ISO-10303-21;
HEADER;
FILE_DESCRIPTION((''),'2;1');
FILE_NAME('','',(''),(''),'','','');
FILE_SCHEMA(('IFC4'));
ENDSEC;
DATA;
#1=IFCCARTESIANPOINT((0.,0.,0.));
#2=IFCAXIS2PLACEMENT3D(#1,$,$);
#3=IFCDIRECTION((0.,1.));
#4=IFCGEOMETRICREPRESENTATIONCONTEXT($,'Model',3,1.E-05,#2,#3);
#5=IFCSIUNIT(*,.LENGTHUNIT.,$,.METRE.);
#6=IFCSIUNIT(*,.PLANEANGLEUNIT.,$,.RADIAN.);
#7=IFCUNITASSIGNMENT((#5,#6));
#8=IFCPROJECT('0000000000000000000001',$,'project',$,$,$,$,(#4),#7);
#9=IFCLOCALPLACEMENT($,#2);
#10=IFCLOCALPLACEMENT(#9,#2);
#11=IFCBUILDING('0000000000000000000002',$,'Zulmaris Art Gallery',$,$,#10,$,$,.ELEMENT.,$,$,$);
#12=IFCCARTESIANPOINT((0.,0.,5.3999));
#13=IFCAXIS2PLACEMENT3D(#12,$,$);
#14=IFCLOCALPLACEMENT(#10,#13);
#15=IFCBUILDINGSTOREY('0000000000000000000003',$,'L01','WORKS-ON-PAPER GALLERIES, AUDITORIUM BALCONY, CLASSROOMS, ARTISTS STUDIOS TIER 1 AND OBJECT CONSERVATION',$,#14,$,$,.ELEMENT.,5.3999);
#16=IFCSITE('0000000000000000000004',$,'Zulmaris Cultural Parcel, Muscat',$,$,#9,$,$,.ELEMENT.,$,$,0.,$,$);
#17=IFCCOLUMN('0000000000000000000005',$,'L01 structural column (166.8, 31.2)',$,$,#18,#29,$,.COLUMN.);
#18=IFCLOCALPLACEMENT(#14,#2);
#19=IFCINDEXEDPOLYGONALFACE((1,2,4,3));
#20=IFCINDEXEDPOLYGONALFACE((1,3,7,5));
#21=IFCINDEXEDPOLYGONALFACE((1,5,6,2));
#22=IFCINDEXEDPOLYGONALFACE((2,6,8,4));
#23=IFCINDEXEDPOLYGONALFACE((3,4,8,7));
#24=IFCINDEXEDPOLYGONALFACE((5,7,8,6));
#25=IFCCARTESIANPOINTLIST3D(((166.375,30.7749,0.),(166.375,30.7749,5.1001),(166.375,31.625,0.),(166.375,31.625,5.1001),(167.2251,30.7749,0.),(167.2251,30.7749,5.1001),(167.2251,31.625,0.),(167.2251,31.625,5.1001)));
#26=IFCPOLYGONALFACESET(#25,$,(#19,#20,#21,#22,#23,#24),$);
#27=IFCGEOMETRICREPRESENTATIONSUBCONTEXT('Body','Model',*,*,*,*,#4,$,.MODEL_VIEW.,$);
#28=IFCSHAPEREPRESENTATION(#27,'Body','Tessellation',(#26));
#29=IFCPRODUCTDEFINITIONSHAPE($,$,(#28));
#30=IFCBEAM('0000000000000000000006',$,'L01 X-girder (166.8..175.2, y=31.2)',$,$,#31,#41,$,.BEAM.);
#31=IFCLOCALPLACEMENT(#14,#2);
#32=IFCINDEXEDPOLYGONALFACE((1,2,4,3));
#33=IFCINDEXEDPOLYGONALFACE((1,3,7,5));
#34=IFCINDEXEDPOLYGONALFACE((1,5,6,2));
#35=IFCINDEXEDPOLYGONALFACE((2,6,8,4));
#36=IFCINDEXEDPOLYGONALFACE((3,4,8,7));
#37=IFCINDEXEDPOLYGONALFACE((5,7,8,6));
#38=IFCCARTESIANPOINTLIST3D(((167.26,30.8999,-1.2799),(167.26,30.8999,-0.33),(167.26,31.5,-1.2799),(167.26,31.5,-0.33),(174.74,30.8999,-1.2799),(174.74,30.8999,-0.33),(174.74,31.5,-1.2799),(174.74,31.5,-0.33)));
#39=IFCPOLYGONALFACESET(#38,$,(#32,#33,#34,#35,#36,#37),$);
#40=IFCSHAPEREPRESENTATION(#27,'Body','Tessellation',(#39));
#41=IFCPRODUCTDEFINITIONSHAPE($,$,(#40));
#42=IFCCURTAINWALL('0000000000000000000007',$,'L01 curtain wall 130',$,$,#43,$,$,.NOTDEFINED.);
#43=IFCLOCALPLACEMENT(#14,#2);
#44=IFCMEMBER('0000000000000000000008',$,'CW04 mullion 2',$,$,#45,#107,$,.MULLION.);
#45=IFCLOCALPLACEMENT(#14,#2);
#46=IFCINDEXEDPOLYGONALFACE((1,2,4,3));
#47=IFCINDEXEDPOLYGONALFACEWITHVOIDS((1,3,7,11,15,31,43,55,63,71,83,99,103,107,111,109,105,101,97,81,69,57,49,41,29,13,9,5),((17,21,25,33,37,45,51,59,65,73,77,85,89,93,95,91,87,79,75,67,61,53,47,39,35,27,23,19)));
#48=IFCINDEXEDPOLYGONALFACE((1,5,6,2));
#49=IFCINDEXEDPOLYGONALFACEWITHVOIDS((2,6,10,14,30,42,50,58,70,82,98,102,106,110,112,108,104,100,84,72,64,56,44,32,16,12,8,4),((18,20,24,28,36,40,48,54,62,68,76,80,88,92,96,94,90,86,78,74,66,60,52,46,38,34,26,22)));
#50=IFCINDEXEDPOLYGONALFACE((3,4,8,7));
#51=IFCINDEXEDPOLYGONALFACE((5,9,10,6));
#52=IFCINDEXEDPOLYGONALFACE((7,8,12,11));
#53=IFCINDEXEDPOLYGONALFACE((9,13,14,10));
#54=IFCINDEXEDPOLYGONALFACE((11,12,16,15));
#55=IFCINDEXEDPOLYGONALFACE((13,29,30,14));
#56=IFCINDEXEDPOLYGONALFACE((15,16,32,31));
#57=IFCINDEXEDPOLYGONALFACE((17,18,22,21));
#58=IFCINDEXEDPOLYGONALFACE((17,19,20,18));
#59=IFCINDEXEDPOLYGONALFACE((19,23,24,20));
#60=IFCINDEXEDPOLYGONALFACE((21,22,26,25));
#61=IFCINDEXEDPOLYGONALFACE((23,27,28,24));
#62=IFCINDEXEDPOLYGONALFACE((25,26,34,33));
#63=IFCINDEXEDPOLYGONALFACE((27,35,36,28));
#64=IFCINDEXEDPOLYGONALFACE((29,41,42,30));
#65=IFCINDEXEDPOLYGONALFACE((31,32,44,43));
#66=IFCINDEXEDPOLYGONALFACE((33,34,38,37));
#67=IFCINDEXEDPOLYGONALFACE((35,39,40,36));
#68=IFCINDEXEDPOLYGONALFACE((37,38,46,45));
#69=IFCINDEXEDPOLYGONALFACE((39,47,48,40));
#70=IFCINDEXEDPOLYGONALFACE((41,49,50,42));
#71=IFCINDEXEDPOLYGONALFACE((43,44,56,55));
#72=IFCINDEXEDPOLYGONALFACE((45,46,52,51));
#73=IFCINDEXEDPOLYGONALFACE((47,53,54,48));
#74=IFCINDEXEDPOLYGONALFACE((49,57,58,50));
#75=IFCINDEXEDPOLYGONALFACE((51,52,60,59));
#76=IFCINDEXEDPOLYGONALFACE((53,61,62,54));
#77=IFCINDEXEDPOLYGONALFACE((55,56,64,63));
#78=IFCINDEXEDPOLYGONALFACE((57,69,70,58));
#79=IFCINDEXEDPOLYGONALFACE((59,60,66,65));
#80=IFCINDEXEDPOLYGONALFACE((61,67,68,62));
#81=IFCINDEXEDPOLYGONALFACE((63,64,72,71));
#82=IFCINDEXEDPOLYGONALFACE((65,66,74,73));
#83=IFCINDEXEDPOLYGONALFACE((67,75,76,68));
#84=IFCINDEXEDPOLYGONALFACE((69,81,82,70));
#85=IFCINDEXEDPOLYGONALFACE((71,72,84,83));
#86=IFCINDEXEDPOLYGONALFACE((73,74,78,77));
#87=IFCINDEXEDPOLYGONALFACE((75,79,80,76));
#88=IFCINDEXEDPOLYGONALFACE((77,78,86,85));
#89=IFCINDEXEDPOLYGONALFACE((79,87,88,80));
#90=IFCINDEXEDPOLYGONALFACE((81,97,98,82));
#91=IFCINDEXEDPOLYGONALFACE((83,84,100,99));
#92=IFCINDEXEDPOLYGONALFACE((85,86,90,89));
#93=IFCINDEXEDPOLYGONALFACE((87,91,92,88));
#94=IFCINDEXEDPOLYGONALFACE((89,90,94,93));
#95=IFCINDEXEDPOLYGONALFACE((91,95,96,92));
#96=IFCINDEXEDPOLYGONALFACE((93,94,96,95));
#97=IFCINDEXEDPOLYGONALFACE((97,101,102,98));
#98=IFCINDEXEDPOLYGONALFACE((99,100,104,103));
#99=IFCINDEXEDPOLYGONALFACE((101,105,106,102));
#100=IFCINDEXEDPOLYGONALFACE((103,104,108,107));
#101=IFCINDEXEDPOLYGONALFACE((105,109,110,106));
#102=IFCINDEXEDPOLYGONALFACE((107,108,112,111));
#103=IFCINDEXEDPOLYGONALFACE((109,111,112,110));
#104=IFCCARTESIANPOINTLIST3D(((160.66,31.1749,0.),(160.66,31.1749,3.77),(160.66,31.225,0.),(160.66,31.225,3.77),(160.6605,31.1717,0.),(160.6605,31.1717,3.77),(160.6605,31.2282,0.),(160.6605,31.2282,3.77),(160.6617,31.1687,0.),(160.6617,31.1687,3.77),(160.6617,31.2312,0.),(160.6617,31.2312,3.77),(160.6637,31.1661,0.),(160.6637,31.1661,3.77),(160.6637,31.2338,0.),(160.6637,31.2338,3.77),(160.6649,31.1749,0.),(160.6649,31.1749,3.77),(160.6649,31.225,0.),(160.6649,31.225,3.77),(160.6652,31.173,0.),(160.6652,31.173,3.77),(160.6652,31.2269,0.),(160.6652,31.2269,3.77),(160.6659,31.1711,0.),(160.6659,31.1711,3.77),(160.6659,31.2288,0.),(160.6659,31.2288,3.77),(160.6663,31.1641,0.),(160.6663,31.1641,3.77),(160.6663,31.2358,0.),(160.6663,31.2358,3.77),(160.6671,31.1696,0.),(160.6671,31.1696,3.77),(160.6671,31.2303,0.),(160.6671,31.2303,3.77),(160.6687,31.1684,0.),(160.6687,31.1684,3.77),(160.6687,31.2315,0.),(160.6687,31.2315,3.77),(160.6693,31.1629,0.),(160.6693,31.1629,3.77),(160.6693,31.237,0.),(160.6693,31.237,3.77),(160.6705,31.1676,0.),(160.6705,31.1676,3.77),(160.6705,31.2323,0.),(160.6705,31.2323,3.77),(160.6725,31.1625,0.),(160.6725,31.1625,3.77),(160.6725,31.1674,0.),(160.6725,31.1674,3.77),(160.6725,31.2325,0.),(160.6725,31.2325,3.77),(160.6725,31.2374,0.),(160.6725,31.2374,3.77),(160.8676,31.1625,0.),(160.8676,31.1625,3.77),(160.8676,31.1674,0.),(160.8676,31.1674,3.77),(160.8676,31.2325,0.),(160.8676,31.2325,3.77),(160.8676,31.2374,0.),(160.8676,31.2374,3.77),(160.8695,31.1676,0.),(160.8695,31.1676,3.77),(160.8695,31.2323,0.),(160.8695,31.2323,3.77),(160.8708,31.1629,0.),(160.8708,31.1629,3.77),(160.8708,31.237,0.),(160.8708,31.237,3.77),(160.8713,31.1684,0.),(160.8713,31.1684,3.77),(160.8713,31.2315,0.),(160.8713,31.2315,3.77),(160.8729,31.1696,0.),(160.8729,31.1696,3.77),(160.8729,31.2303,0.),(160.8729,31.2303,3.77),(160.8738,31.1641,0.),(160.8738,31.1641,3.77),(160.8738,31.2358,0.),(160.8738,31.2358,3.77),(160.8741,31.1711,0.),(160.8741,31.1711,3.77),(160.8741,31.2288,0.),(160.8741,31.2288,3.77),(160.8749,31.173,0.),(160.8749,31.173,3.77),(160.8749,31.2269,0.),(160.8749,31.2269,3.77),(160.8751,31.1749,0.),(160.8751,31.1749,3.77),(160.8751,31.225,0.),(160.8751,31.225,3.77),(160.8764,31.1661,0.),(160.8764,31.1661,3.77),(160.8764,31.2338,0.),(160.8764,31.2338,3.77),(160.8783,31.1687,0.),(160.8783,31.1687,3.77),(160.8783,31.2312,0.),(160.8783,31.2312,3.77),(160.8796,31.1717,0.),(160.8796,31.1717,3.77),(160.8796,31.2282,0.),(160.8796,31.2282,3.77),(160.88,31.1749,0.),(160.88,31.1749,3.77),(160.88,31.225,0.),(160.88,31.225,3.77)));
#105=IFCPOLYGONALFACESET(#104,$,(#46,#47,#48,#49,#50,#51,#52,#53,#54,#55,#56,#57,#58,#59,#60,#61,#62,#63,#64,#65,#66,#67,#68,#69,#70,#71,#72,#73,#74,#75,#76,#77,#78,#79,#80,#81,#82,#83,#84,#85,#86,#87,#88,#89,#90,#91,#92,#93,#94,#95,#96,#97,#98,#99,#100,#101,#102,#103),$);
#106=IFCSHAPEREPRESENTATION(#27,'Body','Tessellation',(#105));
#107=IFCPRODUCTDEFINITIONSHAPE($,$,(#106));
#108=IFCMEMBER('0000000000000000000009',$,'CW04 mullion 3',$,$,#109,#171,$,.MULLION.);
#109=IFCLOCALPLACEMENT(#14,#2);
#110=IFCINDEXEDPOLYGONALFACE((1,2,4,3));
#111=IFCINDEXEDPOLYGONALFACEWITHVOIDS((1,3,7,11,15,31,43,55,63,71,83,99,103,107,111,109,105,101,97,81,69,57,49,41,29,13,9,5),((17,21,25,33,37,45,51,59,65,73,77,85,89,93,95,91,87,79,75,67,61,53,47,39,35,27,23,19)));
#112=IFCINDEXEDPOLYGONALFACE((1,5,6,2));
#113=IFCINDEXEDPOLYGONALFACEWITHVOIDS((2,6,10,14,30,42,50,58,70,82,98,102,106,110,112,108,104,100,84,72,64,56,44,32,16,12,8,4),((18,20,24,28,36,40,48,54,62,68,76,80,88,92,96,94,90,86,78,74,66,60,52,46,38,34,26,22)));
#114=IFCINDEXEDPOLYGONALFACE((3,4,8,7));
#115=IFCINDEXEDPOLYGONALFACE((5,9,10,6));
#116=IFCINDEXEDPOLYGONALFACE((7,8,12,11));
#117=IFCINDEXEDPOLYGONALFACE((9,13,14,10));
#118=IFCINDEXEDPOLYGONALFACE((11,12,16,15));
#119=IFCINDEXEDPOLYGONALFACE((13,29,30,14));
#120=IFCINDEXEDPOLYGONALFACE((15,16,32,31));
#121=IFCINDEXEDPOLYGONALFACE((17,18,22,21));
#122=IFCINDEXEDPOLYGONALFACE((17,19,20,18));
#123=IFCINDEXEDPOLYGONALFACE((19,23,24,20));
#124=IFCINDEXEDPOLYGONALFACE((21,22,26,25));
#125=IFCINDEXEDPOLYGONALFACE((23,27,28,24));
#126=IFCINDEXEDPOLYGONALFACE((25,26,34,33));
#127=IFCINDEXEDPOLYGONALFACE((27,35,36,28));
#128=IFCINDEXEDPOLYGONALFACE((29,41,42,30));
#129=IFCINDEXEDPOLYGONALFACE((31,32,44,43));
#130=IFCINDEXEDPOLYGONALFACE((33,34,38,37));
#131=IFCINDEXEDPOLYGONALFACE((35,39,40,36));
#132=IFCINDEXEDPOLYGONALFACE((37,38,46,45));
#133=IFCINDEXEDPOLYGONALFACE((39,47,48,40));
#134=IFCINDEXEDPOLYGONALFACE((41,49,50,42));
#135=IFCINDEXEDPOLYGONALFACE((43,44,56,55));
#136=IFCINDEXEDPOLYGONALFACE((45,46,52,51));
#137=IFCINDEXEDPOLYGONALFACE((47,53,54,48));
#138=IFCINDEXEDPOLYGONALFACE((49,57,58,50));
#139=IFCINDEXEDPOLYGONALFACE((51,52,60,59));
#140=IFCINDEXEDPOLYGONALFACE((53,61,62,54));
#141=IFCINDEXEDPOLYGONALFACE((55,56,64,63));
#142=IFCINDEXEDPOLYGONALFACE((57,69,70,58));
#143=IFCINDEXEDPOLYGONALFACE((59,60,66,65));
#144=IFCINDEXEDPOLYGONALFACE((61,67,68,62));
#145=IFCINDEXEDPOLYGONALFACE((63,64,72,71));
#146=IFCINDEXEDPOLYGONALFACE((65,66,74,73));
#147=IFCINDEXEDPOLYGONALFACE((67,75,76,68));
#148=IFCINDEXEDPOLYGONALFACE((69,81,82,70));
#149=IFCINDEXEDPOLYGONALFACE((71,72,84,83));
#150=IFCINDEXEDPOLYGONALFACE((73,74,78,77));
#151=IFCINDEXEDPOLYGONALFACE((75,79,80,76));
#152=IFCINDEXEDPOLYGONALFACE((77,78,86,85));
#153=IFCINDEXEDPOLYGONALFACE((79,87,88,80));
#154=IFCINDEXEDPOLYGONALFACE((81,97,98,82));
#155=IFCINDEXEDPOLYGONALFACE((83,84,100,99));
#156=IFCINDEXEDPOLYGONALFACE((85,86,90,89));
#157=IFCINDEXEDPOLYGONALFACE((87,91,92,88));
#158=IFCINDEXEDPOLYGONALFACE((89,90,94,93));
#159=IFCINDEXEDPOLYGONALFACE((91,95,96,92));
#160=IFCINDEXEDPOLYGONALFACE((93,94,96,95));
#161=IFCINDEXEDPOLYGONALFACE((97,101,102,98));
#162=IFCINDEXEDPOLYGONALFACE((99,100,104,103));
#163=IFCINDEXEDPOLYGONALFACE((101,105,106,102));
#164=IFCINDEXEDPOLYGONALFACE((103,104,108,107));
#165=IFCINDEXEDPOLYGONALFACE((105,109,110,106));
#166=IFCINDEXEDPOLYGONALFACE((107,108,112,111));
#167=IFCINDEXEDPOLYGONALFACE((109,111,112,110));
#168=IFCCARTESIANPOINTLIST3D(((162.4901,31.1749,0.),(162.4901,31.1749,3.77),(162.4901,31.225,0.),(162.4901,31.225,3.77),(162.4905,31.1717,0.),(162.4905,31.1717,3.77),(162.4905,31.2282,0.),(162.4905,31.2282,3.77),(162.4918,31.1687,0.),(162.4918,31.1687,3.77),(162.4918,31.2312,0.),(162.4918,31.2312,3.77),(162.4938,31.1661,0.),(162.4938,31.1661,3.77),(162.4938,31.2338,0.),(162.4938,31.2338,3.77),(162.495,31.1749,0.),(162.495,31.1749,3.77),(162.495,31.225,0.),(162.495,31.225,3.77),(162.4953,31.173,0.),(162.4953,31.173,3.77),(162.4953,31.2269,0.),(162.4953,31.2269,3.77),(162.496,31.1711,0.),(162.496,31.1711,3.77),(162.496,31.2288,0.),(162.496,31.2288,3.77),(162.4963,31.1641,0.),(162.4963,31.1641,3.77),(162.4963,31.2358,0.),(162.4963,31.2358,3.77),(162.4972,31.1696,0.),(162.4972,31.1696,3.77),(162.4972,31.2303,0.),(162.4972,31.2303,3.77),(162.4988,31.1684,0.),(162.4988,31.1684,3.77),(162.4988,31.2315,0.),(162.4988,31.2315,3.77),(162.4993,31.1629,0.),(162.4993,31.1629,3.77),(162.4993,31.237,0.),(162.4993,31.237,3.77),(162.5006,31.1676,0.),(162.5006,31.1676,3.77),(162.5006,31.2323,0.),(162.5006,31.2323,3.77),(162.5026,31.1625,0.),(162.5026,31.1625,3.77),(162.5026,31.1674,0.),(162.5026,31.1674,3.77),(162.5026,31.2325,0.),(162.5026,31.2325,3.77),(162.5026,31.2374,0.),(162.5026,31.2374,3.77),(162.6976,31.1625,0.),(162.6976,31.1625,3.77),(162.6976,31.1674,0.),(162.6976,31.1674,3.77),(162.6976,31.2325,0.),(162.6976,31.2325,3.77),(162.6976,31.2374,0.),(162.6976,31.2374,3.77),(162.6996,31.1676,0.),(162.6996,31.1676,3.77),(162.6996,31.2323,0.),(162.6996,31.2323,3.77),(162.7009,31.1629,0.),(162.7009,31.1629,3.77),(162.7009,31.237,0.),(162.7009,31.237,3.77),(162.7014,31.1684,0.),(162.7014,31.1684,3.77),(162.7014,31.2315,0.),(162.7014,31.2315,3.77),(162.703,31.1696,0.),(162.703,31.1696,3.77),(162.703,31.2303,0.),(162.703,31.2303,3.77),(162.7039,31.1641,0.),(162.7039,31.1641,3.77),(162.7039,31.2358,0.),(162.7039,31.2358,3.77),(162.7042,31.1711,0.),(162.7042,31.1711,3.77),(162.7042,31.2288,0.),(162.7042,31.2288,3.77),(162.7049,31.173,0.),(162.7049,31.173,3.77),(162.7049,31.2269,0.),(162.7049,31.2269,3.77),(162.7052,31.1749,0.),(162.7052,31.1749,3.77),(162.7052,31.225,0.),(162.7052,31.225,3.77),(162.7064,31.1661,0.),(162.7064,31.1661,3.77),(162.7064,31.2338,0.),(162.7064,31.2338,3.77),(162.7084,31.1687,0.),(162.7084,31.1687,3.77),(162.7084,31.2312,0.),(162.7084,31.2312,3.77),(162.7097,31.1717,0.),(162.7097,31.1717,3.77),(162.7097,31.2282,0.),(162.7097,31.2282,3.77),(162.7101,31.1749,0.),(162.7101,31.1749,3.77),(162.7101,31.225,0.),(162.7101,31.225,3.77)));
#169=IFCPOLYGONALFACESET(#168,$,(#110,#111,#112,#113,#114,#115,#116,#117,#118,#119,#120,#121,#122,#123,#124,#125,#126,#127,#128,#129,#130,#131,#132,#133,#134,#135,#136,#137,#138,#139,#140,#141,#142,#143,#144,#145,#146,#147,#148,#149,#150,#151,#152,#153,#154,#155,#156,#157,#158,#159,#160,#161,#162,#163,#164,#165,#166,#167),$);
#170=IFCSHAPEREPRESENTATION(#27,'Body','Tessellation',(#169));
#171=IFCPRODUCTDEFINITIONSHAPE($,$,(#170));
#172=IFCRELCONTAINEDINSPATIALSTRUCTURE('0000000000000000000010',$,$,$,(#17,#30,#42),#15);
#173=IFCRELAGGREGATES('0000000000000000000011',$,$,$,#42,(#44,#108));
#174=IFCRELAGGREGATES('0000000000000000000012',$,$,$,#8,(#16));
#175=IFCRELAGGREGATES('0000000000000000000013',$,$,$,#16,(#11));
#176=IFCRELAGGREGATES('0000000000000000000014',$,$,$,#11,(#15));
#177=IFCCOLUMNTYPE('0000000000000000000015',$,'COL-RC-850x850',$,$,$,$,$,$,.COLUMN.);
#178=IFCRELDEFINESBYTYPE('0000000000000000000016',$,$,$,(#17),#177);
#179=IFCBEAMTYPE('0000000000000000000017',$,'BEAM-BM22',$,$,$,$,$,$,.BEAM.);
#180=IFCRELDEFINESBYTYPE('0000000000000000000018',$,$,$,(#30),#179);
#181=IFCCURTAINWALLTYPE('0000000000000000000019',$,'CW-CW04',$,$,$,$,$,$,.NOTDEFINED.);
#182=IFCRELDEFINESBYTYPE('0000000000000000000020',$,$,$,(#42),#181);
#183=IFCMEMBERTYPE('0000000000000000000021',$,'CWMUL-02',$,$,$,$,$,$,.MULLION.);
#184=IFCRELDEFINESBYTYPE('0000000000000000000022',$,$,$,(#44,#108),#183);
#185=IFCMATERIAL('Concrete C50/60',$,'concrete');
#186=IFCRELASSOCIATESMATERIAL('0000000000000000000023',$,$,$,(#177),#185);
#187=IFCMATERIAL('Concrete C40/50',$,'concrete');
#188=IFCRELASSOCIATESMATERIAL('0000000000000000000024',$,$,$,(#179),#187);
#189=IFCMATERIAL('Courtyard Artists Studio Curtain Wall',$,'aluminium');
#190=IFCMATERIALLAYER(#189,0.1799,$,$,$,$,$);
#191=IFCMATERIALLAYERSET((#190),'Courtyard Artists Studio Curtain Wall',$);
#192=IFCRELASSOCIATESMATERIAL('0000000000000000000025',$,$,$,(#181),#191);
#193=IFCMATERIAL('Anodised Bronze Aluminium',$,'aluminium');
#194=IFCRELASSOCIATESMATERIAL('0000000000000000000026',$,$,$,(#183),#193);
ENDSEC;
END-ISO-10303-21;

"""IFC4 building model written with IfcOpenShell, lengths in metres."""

from ifc_helpers import new_model, si_unit, direction, frame, origin, origin_2d, place, context, subcontext, project, spatial, rectangle, hollow_rectangle, extrude, material, layer, layer_set, material_profile, profile_set, type_object, element, aggregate, save


model = new_model("IFC4")

# Units and contexts
model_context = context("Model", 3, precision=1e-05, world=origin(), true_north=direction((0.0, 1.0)))
body_context = subcontext(model_context, "Body", "Model", "MODEL_VIEW")
ifc_project = project(units=[si_unit("LENGTHUNIT", "METRE"), si_unit("PLANEANGLEUNIT", "RADIAN")], contexts=[model_context])

# Site, building, storey
site_placement = place(None, origin())
site = spatial("IfcSite", under=ifc_project, at=site_placement, Name="Zulmaris Cultural Parcel, Muscat", CompositionType="ELEMENT", RefElevation=0.0)
building_placement = place(site_placement, origin())
building = spatial("IfcBuilding", under=site, at=building_placement, Name="Zulmaris Art Gallery", CompositionType="ELEMENT")
storey_placement = place(building_placement, frame((0.0, 0.0, 5.3999)))
storey = spatial("IfcBuildingStorey", under=building, at=storey_placement, Name="L01", Description="WORKS-ON-PAPER GALLERIES, AUDITORIUM BALCONY, CLASSROOMS, ARTISTS STUDIOS TIER 1 AND OBJECT CONSERVATION", CompositionType="ELEMENT", Elevation=5.3999)

# Column
ifc_material_1 = material(Name="Concrete C50/60", Category="concrete")
ifc_material_profile_1 = material_profile(ifc_material_1, rectangle(XDim=0.8501, YDim=0.8501, at=origin_2d()), Name="RC 850x850")
ifc_profile_set_1 = profile_set([ifc_material_profile_1], Name="Concrete C50/60")
column_type = type_object("IfcColumnType", Name="COL-RC-850x850", PredefinedType="COLUMN", material=ifc_profile_set_1)
column_placement = place(storey_placement, frame((166.8, 31.2, 0.0), z_axis=(0.0, 0.0, 1.0), x_axis=(1.0, 0.0, 0.0)))
element("IfcColumn", 1, at=column_placement, inside=storey, type_object=column_type, Name="L01 structural column (166.8, 31.2)", PredefinedType="COLUMN", context=body_context, shape_type="SweptSolid", body=[
    extrude(rectangle(XDim=0.8501, YDim=0.8501, at=origin_2d()), origin(), (0.0, 0.0, 1.0), 5.1001),
])

# Beam
ifc_material_2 = material(Name="Concrete C40/50", Category="concrete")
ifc_material_profile_2 = material_profile(ifc_material_2, rectangle(XDim=0.6001, YDim=0.95, at=origin_2d()), Name="RC 600x950")
ifc_profile_set_2 = profile_set([ifc_material_profile_2], Name="Concrete C40/50")
beam_type = type_object("IfcBeamType", Name="BEAM-BM22", PredefinedType="BEAM", material=ifc_profile_set_2)
beam_placement = place(storey_placement, frame((167.26, 31.2, -0.8049), z_axis=(1.0, 0.0, 0.0), x_axis=(0.0, 1.0, 0.0)))
element("IfcBeam", 2, at=beam_placement, inside=storey, type_object=beam_type, Name="L01 X-girder (166.8..175.2, y=31.2)", PredefinedType="BEAM", context=body_context, shape_type="SweptSolid", body=[
    extrude(rectangle(XDim=0.6001, YDim=0.95, at=origin_2d()), origin(), (0.0, 0.0, 1.0), 7.48),
])

# Curtain wall, members
ifc_material_3 = material(Name="Courtyard Artists Studio Curtain Wall", Category="aluminium")
ifc_layer_1 = layer(ifc_material_3, 0.1799)
ifc_layer_set_1 = layer_set([ifc_layer_1], Name="Courtyard Artists Studio Curtain Wall")
curtain_wall_type = type_object("IfcCurtainWallType", Name="CW-CW04", PredefinedType="NOTDEFINED", material=ifc_layer_set_1)
curtain_wall_1_placement = place(storey_placement, origin())
curtain_wall_1 = element("IfcCurtainWall", 3, at=curtain_wall_1_placement, inside=storey, type_object=curtain_wall_type, Name="L01 curtain wall 130", PredefinedType="NOTDEFINED")
ifc_material_4 = material(Name="Anodised Bronze Aluminium", Category="aluminium")
ifc_material_profile_3 = material_profile(ifc_material_4, hollow_rectangle(XDim=0.075, YDim=0.22, WallThickness=0.0049, InnerFilletRadius=0.0076, OuterFilletRadius=0.0125, at=origin_2d()), Name="ALU 75x220x5")
ifc_profile_set_3 = profile_set([ifc_material_profile_3], Name="Anodised Bronze Aluminium")
member_type_1 = type_object("IfcMemberType", Name="CWMUL-02", PredefinedType="MULLION", material=ifc_profile_set_3)
member_1_placement = place(storey_placement, frame((160.77, 31.2, 0.0), z_axis=(0.0, 0.0, 1.0), x_axis=(0.0, 1.0, 0.0)))
member_1 = element("IfcMember", 4, at=member_1_placement, type_object=member_type_1, Name="CW04 mullion 2", PredefinedType="MULLION", context=body_context, shape_type="SweptSolid", body=[
    extrude(hollow_rectangle(XDim=0.075, YDim=0.22, WallThickness=0.0049, InnerFilletRadius=0.0076, OuterFilletRadius=0.0125, at=origin_2d()), origin(), (0.0, 0.0, 1.0), 3.77),
])
member_2_placement = place(storey_placement, frame((162.6001, 31.2, 0.0), z_axis=(0.0, 0.0, 1.0), x_axis=(0.0, 1.0, 0.0)))
member_2 = element("IfcMember", 5, at=member_2_placement, type_object=member_type_1, Name="CW04 mullion 3", PredefinedType="MULLION", context=body_context, shape_type="SweptSolid", body=[
    extrude(hollow_rectangle(XDim=0.075, YDim=0.22, WallThickness=0.0049, InnerFilletRadius=0.0076, OuterFilletRadius=0.0125, at=origin_2d()), origin(), (0.0, 0.0, 1.0), 3.77),
])

aggregate(curtain_wall_1, [member_1, member_2])

save(model, "model.ifc")
